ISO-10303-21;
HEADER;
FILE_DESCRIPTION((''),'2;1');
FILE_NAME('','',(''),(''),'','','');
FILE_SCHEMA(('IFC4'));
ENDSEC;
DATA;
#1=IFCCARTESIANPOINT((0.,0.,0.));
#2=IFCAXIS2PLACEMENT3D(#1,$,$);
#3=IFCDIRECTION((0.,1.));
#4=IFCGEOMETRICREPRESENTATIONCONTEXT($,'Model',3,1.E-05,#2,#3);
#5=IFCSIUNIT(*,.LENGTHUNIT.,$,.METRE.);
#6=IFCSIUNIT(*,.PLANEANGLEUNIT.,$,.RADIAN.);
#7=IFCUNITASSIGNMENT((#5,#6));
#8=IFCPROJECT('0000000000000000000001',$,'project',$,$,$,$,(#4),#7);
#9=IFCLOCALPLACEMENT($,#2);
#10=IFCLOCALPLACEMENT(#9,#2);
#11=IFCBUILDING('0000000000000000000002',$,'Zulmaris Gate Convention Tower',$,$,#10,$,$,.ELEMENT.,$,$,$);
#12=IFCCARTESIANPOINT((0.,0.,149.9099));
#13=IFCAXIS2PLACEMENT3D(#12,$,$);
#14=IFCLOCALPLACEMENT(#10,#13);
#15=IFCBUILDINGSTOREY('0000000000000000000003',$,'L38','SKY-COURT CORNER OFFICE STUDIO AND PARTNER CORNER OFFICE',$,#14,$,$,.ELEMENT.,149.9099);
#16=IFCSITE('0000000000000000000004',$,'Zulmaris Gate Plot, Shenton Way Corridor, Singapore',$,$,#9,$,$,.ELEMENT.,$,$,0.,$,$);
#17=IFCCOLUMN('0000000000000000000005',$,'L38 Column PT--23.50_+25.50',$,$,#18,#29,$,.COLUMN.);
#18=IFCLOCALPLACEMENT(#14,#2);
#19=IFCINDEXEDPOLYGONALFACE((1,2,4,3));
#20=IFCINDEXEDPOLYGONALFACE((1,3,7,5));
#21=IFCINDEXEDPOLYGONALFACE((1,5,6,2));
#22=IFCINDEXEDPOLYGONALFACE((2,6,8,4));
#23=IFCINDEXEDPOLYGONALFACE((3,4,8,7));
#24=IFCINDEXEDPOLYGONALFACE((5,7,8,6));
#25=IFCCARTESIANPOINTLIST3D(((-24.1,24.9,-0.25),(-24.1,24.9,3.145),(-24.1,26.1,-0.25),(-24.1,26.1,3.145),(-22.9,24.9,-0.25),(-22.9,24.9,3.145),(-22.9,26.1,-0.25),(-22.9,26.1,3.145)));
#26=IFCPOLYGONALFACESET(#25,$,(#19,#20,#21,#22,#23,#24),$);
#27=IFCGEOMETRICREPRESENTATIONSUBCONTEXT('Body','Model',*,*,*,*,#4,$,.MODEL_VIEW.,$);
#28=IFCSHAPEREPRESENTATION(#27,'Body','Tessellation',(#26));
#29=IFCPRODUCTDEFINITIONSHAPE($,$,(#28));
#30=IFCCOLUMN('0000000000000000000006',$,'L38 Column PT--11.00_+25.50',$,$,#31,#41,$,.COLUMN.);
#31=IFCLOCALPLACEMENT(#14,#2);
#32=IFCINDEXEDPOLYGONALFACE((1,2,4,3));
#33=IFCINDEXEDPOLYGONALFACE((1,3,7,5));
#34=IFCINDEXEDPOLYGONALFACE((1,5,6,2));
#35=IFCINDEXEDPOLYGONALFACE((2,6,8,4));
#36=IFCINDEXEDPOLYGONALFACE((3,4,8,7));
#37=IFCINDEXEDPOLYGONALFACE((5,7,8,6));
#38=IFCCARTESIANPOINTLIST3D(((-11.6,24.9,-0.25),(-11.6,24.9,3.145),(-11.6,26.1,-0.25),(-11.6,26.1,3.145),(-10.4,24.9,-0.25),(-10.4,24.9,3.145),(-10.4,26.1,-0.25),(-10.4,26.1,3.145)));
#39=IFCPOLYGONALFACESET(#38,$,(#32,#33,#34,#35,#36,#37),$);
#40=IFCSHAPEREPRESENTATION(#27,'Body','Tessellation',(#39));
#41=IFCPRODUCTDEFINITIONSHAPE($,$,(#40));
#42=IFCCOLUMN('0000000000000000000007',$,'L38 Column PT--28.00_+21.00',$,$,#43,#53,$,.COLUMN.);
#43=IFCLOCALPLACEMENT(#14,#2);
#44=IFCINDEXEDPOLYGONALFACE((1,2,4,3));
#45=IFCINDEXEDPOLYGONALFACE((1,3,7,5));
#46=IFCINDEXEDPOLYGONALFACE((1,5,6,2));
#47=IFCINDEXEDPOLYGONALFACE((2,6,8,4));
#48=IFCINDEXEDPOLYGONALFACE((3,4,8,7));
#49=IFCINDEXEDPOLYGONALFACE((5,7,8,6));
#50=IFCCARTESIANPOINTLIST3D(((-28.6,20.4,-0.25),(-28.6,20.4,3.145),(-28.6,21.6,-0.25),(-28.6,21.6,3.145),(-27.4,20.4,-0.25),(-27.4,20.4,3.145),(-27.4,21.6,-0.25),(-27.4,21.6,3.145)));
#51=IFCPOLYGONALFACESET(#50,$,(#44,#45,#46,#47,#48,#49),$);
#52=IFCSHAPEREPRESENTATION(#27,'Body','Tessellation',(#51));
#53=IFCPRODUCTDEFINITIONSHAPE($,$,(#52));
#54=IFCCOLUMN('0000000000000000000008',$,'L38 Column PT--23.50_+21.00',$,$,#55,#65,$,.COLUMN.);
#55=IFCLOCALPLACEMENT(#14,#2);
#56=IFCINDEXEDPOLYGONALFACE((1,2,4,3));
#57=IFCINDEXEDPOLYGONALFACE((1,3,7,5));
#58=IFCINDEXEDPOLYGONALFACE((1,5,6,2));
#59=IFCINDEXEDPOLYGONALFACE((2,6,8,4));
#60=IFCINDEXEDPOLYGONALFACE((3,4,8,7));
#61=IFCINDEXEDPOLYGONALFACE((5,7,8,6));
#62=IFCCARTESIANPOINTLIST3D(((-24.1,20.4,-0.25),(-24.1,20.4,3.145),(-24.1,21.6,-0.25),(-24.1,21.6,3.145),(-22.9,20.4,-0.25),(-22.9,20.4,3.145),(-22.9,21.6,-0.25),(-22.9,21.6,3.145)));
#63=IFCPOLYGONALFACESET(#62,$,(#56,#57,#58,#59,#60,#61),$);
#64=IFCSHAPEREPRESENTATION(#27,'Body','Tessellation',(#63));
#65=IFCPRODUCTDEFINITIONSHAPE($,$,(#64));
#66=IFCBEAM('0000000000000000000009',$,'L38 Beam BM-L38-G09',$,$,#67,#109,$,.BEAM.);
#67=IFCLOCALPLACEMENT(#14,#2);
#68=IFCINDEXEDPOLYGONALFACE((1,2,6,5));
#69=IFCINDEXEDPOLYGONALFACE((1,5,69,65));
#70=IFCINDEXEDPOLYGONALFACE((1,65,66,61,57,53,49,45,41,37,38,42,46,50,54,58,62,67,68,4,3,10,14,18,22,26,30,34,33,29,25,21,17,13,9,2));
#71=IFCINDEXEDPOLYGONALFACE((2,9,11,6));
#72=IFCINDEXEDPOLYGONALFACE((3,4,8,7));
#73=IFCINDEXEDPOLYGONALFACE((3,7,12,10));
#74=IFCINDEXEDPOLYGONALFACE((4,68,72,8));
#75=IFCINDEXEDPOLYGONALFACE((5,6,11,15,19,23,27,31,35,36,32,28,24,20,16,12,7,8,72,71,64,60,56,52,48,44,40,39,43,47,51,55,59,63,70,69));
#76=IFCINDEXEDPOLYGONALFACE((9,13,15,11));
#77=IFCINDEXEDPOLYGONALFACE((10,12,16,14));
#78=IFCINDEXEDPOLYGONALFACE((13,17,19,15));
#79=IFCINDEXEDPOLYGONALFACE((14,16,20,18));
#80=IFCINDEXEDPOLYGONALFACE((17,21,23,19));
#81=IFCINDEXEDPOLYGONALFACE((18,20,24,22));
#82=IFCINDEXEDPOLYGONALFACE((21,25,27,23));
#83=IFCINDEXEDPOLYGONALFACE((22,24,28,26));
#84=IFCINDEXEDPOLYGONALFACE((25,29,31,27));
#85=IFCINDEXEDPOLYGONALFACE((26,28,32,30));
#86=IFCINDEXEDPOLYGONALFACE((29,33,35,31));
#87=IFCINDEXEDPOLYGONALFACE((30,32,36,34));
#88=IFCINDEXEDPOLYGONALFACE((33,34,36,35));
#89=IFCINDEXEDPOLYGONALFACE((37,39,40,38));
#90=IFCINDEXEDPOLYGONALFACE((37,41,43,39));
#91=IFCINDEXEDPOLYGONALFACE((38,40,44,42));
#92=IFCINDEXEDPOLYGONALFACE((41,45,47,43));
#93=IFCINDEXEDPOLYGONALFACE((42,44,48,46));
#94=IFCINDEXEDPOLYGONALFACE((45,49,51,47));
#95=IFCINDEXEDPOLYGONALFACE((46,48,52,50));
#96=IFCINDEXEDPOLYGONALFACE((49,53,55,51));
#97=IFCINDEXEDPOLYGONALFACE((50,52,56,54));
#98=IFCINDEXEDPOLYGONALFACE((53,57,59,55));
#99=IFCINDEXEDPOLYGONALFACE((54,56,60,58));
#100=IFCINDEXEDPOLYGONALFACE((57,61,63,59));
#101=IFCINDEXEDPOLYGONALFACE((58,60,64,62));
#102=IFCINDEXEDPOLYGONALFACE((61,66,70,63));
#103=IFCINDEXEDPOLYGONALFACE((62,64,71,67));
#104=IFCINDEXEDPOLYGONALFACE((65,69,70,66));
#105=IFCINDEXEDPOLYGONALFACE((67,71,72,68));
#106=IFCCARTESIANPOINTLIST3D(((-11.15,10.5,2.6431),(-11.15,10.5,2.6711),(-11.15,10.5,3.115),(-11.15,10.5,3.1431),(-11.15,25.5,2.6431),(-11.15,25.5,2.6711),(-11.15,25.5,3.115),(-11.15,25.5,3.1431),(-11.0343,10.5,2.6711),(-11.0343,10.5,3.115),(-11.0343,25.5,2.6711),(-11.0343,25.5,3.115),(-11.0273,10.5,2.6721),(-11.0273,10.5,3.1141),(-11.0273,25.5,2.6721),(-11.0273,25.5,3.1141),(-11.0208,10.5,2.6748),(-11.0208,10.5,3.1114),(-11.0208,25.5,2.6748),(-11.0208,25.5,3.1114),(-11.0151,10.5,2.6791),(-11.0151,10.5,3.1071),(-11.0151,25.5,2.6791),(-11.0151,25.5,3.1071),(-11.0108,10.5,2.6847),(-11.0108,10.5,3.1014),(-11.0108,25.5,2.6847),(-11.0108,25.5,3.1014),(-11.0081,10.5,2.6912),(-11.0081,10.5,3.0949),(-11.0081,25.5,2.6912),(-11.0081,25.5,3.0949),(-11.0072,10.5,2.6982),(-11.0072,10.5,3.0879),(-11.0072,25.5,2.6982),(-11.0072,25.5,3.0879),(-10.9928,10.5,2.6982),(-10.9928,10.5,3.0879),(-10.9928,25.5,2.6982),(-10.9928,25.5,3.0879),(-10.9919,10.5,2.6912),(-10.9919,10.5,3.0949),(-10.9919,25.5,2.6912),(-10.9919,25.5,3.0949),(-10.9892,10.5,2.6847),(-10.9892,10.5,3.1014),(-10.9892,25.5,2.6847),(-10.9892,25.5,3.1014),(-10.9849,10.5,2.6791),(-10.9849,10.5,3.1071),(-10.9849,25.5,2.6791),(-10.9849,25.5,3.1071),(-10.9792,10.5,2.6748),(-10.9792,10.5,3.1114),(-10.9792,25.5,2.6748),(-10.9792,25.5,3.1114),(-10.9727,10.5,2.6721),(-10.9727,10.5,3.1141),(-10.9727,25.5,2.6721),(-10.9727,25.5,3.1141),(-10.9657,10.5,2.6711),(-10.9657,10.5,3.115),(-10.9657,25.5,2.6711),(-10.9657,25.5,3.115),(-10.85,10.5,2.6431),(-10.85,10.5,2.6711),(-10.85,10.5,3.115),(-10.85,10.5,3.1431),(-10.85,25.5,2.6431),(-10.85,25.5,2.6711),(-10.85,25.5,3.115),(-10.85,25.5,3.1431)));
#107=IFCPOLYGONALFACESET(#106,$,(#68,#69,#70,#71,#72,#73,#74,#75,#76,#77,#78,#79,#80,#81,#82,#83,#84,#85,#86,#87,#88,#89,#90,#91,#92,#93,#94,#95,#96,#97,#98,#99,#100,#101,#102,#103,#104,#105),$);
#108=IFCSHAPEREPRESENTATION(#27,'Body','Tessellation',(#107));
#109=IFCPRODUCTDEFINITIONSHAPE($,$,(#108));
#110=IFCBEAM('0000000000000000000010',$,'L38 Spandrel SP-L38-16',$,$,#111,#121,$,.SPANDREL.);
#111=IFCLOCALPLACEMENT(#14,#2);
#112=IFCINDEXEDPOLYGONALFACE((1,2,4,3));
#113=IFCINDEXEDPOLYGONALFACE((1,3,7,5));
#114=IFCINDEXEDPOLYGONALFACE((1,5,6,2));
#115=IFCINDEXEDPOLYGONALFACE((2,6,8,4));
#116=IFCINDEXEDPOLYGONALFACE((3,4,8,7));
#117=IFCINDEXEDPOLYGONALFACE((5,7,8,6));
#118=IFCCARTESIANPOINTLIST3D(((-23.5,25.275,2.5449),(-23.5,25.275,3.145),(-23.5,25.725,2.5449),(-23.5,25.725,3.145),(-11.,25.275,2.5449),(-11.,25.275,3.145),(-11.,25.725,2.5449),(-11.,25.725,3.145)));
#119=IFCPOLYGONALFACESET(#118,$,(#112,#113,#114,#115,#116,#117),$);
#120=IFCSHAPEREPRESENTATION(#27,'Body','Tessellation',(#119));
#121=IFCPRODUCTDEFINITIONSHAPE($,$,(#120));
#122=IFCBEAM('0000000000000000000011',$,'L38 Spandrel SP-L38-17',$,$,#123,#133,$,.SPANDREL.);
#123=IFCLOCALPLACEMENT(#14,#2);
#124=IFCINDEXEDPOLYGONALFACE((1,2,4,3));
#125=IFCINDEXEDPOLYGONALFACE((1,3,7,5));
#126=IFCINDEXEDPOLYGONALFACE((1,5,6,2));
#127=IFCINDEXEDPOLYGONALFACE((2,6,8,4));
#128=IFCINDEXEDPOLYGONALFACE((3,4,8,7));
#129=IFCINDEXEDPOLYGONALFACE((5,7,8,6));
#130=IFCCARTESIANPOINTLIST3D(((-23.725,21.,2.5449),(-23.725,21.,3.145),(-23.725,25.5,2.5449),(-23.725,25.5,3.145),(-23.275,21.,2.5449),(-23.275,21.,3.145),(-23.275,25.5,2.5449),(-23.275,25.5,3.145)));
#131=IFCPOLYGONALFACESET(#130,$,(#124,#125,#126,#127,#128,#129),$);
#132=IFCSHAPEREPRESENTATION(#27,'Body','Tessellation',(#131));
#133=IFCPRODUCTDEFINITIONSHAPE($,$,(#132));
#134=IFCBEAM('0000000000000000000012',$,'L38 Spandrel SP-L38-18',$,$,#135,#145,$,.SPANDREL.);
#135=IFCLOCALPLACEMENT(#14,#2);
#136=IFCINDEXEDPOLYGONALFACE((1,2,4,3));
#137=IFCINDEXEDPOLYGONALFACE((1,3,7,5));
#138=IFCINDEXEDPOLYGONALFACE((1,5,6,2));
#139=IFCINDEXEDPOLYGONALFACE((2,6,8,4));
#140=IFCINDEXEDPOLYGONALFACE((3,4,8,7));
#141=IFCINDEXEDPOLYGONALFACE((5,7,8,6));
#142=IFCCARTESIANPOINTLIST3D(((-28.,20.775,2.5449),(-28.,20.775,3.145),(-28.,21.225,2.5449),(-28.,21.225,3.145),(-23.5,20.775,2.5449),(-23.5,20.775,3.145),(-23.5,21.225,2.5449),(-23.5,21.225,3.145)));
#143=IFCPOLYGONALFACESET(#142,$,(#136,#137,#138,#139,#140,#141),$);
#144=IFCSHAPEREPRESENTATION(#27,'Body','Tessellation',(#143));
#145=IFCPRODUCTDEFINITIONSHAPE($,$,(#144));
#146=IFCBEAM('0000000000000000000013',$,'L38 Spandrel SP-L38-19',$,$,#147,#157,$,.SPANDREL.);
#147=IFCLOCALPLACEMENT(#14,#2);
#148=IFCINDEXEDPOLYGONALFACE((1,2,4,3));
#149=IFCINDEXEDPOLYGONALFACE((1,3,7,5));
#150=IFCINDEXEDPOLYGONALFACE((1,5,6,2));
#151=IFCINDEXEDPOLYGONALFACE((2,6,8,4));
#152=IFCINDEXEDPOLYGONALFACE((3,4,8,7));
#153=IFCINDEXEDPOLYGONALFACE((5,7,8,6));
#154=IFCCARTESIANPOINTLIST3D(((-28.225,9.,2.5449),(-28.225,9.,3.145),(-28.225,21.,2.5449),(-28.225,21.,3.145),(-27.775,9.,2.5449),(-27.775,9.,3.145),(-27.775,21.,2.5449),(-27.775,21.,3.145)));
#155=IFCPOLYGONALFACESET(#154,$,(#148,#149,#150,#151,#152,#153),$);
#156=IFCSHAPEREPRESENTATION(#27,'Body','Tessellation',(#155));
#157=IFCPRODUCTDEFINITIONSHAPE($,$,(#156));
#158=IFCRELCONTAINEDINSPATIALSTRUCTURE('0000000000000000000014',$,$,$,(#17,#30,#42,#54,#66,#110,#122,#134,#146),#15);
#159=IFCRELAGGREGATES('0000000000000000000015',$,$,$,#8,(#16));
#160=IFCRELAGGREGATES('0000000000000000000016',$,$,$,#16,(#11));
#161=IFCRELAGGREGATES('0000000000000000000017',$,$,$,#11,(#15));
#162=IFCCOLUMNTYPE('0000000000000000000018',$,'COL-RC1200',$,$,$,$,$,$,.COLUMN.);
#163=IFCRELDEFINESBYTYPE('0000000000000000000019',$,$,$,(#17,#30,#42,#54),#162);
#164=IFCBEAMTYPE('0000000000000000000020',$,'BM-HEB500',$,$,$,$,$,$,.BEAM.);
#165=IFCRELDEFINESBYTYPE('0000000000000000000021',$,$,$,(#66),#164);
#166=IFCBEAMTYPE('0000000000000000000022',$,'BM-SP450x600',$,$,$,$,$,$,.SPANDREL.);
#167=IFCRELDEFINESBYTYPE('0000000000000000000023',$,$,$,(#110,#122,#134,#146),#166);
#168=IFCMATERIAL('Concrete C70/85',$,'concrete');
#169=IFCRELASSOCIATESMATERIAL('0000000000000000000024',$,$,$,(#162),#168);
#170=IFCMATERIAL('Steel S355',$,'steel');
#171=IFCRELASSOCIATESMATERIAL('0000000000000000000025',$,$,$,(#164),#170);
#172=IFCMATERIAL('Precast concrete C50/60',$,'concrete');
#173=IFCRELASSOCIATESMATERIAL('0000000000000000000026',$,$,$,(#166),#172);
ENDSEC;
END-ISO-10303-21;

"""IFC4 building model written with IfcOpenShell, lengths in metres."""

from ifc_helpers import new_model, si_unit, direction, frame, origin, origin_2d, place, context, subcontext, project, spatial, rectangle, i_section, extrude, material, material_profile, profile_set, type_object, element, save


model = new_model("IFC4")

# Units and contexts
model_context = context("Model", 3, precision=1e-05, world=origin(), true_north=direction((0.0, 1.0)))
body_context = subcontext(model_context, "Body", "Model", "MODEL_VIEW")
ifc_project = project(units=[si_unit("LENGTHUNIT", "METRE"), si_unit("PLANEANGLEUNIT", "RADIAN")], contexts=[model_context])

# Site, building, storey
site_placement = place(None, origin())
site = spatial("IfcSite", under=ifc_project, at=site_placement, Name="Zulmaris Gate Plot, Shenton Way Corridor, Singapore", CompositionType="ELEMENT", RefElevation=0.0)
building_placement = place(site_placement, origin())
building = spatial("IfcBuilding", under=site, at=building_placement, Name="Zulmaris Gate Convention Tower", CompositionType="ELEMENT")
storey_placement = place(building_placement, frame((0.0, 0.0, 149.9099)))
storey = spatial("IfcBuildingStorey", under=building, at=storey_placement, Name="L38", Description="SKY-COURT CORNER OFFICE STUDIO AND PARTNER CORNER OFFICE", CompositionType="ELEMENT", Elevation=149.9099)

# Columns
ifc_material_1 = material(Name="Concrete C70/85", Category="concrete")
ifc_material_profile_1 = material_profile(ifc_material_1, rectangle(XDim=1.2, YDim=1.2, at=origin_2d()), Name="RC COL 1200x1200")
ifc_profile_set_1 = profile_set([ifc_material_profile_1], Name="Concrete C70/85")
column_type = type_object("IfcColumnType", Name="COL-RC1200", PredefinedType="COLUMN", material=ifc_profile_set_1)
for number, where, z_axis, x_axis, name in (
    (1, (-23.5, 25.5, -0.25), (0.0, 0.0, 1.0), (1.0, 0.0, 0.0), "L38 Column PT--23.50_+25.50"),
    (2, (-11.0, 25.5, -0.25), (0.0, 0.0, 1.0), (1.0, 0.0, 0.0), "L38 Column PT--11.00_+25.50"),
    (3, (-28.0, 21.0, -0.25), (0.0, 0.0, 1.0), (1.0, 0.0, 0.0), "L38 Column PT--28.00_+21.00"),
    (4, (-23.5, 21.0, -0.25), (0.0, 0.0, 1.0), (1.0, 0.0, 0.0), "L38 Column PT--23.50_+21.00"),
):
    element("IfcColumn", number, at=place(storey_placement, frame(where, z_axis=z_axis, x_axis=x_axis)), inside=storey, type_object=column_type, Name=name, PredefinedType="COLUMN", context=body_context, shape_type="SweptSolid", body=[
        extrude(rectangle(XDim=1.2, YDim=1.2, at=origin_2d()), origin(), (0.0, 0.0, 1.0), 3.395),
    ])

# Beams
ifc_material_2 = material(Name="Steel S355", Category="steel")
ifc_material_profile_2 = material_profile(ifc_material_2, i_section(OverallWidth=0.3, OverallDepth=0.5, WebThickness=0.0144, FlangeThickness=0.0281, FilletRadius=0.0271, at=origin_2d()), Name="HEB 500")
ifc_profile_set_2 = profile_set([ifc_material_profile_2], Name="Steel S355")
beam_type_1 = type_object("IfcBeamType", Name="BM-HEB500", PredefinedType="BEAM", material=ifc_profile_set_2)
beam_1_placement = place(storey_placement, frame((-11.0, 10.5, 2.8931), z_axis=(0.0, 1.0, 0.0), x_axis=(-1.0, 0.0, 0.0)))
element("IfcBeam", 5, at=beam_1_placement, inside=storey, type_object=beam_type_1, Name="L38 Beam BM-L38-G09", PredefinedType="BEAM", context=body_context, shape_type="SweptSolid", body=[
    extrude(i_section(OverallWidth=0.3, OverallDepth=0.5, WebThickness=0.0144, FlangeThickness=0.0281, FilletRadius=0.0271, at=origin_2d()), origin(), (0.0, 0.0, 1.0), 15.0),
])
ifc_material_3 = material(Name="Precast concrete C50/60", Category="concrete")
ifc_material_profile_3 = material_profile(ifc_material_3, rectangle(XDim=0.45, YDim=0.6001, at=origin_2d()), Name="RC SPANDREL 450x600")
ifc_profile_set_3 = profile_set([ifc_material_profile_3], Name="Precast concrete C50/60")
beam_type_2 = type_object("IfcBeamType", Name="BM-SP450x600", PredefinedType="SPANDREL", material=ifc_profile_set_3)
beam_2_placement = place(storey_placement, frame((-11.0, 25.5, 2.845), z_axis=(-1.0, 0.0, 0.0), x_axis=(0.0, -1.0, 0.0)))
element("IfcBeam", 6, at=beam_2_placement, inside=storey, type_object=beam_type_2, Name="L38 Spandrel SP-L38-16", PredefinedType="SPANDREL", context=body_context, shape_type="SweptSolid", body=[
    extrude(rectangle(XDim=0.45, YDim=0.6001, at=origin_2d()), origin(), (0.0, 0.0, 1.0), 12.5),
])
for number, where, z_axis, x_axis, name in (
    (7, (-23.5, 25.5, 2.845), (0.0, -1.0, 0.0), (1.0, 0.0, 0.0), "L38 Spandrel SP-L38-17"),
    (8, (-23.5, 21.0, 2.845), (-1.0, 0.0, 0.0), (0.0, -1.0, 0.0), "L38 Spandrel SP-L38-18"),
):
    element("IfcBeam", number, at=place(storey_placement, frame(where, z_axis=z_axis, x_axis=x_axis)), inside=storey, type_object=beam_type_2, Name=name, PredefinedType="SPANDREL", context=body_context, shape_type="SweptSolid", body=[
        extrude(rectangle(XDim=0.45, YDim=0.6001, at=origin_2d()), origin(), (0.0, 0.0, 1.0), 4.5),
    ])
beam_3_placement = place(storey_placement, frame((-28.0, 21.0, 2.845), z_axis=(0.0, -1.0, 0.0), x_axis=(1.0, 0.0, 0.0)))
element("IfcBeam", 9, at=beam_3_placement, inside=storey, type_object=beam_type_2, Name="L38 Spandrel SP-L38-19", PredefinedType="SPANDREL", context=body_context, shape_type="SweptSolid", body=[
    extrude(rectangle(XDim=0.45, YDim=0.6001, at=origin_2d()), origin(), (0.0, 0.0, 1.0), 12.0),
])

save(model, "model.ifc")
